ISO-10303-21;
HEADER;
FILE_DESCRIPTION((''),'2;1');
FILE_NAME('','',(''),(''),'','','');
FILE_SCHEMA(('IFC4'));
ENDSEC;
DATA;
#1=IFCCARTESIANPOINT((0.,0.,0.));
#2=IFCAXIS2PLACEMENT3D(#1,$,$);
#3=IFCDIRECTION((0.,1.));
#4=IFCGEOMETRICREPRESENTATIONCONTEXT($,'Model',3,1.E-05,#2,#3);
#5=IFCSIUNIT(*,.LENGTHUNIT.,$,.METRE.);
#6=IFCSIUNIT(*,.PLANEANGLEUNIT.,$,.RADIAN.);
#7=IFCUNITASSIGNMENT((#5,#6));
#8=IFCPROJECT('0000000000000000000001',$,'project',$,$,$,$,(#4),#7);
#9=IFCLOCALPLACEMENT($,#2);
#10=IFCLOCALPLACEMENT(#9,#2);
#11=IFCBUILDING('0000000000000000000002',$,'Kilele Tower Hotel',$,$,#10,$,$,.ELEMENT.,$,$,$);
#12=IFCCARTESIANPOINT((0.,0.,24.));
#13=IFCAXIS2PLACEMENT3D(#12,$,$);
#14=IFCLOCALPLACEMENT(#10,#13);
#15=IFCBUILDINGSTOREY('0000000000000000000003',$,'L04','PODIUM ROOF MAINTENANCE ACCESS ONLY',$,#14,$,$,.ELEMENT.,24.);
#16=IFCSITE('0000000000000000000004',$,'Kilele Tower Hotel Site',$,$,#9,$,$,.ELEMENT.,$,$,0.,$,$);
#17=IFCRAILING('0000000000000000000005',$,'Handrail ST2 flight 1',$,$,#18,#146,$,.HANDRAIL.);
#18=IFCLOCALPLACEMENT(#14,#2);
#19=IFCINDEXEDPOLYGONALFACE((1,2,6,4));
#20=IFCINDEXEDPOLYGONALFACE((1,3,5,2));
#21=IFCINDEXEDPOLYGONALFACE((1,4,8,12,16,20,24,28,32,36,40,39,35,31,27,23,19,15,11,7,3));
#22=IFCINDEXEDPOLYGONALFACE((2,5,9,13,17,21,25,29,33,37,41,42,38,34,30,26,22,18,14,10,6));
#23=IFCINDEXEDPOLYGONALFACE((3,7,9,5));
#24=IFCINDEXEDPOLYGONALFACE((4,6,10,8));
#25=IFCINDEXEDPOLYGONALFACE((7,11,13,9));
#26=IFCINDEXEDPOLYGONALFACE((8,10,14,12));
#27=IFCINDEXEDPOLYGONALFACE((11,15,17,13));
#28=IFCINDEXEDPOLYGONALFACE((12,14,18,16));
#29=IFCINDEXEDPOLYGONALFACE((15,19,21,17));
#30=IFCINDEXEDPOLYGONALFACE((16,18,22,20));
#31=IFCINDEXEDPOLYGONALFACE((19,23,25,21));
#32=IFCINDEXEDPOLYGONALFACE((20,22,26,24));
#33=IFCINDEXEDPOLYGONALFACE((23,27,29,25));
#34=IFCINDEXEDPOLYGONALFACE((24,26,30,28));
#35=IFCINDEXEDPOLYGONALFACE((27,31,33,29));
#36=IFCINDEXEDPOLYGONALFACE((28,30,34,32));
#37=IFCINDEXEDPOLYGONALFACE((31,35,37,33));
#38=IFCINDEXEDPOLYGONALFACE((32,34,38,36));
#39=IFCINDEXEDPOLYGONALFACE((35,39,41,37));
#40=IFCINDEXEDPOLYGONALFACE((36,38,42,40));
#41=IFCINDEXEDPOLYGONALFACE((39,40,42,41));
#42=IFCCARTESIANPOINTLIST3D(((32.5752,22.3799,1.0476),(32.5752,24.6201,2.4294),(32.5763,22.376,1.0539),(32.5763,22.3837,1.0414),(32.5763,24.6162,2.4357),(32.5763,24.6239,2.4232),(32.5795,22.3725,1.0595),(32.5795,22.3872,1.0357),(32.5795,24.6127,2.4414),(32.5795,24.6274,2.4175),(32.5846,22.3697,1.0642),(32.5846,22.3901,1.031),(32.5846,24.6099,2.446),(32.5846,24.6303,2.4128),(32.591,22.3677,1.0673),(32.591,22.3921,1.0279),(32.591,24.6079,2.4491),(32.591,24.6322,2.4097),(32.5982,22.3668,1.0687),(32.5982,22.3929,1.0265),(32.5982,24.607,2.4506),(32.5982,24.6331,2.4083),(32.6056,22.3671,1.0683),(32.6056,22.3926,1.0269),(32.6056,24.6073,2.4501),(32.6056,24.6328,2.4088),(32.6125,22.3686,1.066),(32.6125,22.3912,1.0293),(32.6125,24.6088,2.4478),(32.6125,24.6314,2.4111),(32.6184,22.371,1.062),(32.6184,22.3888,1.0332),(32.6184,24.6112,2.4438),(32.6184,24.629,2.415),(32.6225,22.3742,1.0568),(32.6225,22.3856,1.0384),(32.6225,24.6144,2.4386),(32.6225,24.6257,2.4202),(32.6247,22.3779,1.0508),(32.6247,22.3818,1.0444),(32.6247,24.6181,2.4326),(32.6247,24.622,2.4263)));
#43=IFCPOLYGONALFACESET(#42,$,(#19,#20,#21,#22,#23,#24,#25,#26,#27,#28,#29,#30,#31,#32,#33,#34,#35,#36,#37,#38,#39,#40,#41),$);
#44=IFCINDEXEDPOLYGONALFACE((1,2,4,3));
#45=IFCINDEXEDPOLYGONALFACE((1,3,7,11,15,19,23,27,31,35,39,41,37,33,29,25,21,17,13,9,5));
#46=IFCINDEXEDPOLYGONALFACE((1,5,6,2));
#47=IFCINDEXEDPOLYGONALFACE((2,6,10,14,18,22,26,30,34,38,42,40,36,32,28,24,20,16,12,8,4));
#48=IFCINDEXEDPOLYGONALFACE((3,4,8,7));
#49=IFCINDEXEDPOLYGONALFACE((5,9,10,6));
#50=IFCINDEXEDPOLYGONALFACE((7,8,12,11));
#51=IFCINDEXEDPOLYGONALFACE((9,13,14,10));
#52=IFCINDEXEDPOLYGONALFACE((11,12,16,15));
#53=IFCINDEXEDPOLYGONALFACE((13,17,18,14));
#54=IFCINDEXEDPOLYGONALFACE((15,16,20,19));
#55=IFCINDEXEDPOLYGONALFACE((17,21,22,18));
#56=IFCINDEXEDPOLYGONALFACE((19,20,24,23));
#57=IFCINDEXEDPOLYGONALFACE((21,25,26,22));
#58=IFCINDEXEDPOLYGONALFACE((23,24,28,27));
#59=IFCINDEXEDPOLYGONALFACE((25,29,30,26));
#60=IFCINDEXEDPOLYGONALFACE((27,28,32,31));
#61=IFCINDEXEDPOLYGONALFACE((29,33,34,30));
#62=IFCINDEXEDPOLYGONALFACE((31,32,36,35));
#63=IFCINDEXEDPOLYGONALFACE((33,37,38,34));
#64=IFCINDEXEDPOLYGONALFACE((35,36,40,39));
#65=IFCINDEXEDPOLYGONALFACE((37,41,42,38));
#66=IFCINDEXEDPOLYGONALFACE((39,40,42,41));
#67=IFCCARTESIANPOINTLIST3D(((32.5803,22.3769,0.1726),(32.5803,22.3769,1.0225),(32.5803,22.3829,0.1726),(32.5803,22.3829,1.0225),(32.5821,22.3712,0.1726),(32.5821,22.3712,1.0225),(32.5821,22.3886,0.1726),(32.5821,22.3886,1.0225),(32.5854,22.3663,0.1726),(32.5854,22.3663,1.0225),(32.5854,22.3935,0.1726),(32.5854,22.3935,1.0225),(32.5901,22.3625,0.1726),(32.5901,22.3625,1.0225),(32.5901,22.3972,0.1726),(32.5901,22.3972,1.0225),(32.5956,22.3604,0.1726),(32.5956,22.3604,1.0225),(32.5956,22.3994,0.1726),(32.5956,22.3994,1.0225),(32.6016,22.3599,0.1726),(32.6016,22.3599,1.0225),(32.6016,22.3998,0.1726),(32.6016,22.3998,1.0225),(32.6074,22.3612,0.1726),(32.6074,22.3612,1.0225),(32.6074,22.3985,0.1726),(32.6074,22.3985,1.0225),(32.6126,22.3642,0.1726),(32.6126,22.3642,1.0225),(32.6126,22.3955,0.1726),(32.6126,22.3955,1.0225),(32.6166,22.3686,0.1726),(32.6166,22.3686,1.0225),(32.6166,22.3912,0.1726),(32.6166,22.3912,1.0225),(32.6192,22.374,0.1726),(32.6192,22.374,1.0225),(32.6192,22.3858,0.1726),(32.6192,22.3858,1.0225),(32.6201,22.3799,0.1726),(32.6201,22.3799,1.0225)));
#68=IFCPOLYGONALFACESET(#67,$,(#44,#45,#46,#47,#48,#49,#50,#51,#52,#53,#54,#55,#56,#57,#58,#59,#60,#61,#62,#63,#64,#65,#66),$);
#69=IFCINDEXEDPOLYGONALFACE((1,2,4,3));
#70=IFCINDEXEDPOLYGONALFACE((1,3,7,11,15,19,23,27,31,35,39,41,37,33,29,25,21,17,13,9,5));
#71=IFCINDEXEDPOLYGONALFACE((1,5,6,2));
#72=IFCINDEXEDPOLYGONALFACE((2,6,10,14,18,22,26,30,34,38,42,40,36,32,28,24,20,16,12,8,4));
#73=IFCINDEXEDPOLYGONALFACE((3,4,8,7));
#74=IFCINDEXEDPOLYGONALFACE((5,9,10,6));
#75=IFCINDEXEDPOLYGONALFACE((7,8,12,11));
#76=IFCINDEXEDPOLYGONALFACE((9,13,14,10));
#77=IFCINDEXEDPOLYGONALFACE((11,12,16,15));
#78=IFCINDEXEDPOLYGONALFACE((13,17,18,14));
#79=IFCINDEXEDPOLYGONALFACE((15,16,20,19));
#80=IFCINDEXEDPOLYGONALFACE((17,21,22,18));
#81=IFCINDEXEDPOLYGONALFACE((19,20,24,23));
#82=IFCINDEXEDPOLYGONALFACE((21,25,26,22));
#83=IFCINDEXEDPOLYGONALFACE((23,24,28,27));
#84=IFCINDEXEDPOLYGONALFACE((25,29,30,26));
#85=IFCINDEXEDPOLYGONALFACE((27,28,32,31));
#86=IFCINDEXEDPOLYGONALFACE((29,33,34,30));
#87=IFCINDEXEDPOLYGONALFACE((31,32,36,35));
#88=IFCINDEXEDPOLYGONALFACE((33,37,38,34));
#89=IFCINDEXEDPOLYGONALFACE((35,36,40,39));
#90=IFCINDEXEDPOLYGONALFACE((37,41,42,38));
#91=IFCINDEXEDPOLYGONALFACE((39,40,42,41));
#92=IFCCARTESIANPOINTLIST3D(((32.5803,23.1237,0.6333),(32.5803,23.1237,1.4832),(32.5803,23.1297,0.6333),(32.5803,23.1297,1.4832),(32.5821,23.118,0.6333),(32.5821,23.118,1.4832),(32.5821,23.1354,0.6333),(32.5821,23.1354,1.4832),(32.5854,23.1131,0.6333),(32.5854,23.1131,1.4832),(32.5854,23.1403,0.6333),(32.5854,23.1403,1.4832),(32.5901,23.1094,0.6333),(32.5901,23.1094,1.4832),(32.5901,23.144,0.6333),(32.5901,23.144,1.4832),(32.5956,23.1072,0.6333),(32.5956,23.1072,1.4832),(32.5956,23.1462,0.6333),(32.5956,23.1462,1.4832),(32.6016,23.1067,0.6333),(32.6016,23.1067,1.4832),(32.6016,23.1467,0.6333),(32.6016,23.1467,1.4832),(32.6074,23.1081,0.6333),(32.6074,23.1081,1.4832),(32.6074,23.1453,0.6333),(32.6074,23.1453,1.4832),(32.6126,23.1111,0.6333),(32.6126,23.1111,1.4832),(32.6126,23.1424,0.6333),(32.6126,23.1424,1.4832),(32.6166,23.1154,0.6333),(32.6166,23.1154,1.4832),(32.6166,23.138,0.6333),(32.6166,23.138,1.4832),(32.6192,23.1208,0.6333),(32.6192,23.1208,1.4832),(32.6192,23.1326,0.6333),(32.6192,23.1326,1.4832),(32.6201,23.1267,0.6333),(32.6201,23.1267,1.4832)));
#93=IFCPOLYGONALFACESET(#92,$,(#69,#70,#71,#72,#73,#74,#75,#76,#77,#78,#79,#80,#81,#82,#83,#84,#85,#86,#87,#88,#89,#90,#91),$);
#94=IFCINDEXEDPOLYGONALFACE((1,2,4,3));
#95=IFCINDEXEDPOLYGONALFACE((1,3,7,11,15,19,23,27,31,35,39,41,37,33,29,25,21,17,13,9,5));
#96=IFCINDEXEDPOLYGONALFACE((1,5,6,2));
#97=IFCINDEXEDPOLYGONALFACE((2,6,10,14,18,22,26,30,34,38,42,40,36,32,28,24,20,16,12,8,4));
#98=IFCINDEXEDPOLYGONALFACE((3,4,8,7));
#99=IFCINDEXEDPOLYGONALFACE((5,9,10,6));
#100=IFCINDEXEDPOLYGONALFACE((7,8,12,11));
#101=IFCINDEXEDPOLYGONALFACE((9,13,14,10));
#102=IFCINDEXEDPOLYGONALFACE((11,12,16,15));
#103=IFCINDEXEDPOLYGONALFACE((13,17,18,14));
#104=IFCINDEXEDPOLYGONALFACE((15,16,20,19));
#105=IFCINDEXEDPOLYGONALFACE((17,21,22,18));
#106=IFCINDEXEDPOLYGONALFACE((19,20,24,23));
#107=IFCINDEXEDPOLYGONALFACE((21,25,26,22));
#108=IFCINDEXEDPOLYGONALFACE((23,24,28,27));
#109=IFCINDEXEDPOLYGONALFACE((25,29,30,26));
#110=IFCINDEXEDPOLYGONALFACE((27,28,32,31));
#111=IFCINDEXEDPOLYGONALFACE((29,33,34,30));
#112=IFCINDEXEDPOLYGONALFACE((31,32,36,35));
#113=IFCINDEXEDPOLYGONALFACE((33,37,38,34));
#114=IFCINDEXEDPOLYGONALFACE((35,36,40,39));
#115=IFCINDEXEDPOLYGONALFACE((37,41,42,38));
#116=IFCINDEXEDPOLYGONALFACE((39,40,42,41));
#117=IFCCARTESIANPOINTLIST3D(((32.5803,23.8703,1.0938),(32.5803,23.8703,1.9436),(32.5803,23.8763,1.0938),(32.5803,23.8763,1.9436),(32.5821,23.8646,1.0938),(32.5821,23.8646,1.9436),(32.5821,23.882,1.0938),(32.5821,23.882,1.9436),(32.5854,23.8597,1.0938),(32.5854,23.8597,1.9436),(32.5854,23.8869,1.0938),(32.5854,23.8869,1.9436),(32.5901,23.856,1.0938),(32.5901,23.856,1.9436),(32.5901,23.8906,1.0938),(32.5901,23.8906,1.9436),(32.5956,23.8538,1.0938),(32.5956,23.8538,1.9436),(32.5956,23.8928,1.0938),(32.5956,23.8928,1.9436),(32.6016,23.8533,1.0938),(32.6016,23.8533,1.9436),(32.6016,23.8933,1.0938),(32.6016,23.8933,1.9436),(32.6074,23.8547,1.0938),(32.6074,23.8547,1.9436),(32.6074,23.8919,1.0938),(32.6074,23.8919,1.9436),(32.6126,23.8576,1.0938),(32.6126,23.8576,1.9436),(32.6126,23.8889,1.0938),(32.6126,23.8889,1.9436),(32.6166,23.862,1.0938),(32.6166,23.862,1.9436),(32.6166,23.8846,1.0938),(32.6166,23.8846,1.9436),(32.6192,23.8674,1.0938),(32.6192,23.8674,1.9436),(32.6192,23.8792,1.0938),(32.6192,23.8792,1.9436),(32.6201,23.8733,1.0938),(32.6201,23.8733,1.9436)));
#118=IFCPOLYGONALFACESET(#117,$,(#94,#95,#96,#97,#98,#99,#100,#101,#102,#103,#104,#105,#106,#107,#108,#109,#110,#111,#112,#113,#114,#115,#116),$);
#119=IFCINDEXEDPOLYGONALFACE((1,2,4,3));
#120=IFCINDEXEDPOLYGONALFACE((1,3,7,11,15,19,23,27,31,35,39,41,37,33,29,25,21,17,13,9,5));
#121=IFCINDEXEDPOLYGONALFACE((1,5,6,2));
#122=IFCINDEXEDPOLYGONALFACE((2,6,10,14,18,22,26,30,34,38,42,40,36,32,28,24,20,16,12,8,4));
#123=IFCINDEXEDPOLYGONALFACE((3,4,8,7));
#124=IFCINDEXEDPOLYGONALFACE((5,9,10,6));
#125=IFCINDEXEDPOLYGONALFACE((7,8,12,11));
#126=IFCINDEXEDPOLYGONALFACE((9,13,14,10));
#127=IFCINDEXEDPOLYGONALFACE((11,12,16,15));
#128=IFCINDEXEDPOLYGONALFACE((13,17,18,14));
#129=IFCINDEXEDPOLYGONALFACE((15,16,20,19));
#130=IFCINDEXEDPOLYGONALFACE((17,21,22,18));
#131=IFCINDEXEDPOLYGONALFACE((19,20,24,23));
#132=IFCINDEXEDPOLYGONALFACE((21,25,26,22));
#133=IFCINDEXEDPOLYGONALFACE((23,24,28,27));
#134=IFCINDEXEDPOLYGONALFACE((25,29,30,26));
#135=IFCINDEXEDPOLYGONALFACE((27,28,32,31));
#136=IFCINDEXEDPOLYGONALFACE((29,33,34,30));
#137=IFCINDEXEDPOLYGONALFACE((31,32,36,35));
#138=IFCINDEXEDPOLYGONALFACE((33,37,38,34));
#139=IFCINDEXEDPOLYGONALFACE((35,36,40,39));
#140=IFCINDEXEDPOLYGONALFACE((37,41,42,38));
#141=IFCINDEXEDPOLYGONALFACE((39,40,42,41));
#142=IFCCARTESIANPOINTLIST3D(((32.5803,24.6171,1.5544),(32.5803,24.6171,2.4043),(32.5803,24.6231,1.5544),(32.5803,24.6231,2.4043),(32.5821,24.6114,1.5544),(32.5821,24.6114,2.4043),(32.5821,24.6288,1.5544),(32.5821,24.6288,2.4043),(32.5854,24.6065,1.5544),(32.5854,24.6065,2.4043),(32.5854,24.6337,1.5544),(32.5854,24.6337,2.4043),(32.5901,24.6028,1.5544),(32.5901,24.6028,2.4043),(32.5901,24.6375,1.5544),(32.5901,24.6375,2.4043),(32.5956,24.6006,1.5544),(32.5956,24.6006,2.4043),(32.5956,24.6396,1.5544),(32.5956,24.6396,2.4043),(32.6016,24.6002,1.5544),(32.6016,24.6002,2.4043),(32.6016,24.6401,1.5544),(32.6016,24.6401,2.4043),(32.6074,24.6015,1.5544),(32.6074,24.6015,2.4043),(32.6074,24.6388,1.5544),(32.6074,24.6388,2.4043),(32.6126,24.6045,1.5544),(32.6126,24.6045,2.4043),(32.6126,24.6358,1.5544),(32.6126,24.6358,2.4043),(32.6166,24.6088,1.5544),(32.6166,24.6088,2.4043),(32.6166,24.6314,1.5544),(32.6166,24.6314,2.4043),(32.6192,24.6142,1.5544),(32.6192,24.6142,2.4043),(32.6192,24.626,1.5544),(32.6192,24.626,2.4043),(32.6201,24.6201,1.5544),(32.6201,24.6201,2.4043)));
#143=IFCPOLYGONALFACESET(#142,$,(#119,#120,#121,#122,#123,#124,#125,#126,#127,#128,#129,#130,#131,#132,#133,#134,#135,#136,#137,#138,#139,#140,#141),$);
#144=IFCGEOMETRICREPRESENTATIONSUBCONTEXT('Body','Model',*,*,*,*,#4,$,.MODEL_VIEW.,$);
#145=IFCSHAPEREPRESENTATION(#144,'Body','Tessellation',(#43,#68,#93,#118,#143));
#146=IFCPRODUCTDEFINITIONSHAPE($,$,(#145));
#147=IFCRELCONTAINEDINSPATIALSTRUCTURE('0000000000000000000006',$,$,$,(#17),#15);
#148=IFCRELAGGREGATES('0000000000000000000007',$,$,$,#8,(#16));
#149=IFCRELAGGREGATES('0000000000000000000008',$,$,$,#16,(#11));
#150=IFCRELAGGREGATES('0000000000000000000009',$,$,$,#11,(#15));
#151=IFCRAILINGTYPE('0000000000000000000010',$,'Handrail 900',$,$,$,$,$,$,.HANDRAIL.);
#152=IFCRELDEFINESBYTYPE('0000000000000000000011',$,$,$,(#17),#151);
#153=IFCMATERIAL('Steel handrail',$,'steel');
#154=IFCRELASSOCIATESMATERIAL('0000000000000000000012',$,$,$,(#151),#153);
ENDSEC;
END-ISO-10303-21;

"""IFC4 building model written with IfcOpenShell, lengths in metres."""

from ifc_helpers import new_model, si_unit, direction, frame, origin, origin_2d, place, context, subcontext, project, spatial, circle, extrude, material, type_object, element, save


model = new_model("IFC4")

# Units and contexts
model_context = context("Model", 3, precision=1e-05, world=origin(), true_north=direction((0.0, 1.0)))
body_context = subcontext(model_context, "Body", "Model", "MODEL_VIEW")
ifc_project = project(units=[si_unit("LENGTHUNIT", "METRE"), si_unit("PLANEANGLEUNIT", "RADIAN")], contexts=[model_context])

# Site, building, storey
site_placement = place(None, origin())
site = spatial("IfcSite", under=ifc_project, at=site_placement, Name="Kilele Tower Hotel Site", CompositionType="ELEMENT", RefElevation=0.0)
building_placement = place(site_placement, origin())
building = spatial("IfcBuilding", under=site, at=building_placement, Name="Kilele Tower Hotel", CompositionType="ELEMENT")
storey_placement = place(building_placement, frame((0.0, 0.0, 24.0)))
storey = spatial("IfcBuildingStorey", under=building, at=storey_placement, Name="L04", Description="PODIUM ROOF MAINTENANCE ACCESS ONLY", CompositionType="ELEMENT", Elevation=24.0)

# Railing
ifc_material_1 = material(Name="Steel handrail", Category="steel")
railing_type_1 = type_object("IfcRailingType", Name="Handrail 900", PredefinedType="HANDRAIL", material=ifc_material_1)
for number, where, name in (
    (1, (32.6001, 22.3799, 0.1726), "Handrail ST2 flight 1"),
):
    element("IfcRailing", number, at=place(storey_placement, frame(where)), inside=storey, type_object=railing_type_1, Name=name, PredefinedType="HANDRAIL", context=body_context, shape_type="SweptSolid", body=[
        extrude(circle(Radius=0.0249, at=origin_2d()), frame((0.0, 0.0, 0.875), z_axis=(0.0, 0.85111, 0.524987), x_axis=(-1.0, 0.0, 0.0)), (0.0, 0.0, 1.0), 2.6321),
        extrude(circle(Radius=0.02, at=origin_2d()), origin(), (0.0, 0.0, 1.0), 0.8499),
        extrude(circle(Radius=0.02, at=origin_2d()), frame((0.0, 0.7468, 0.4607)), (0.0, 0.0, 1.0), 0.8499),
        extrude(circle(Radius=0.02, at=origin_2d()), frame((0.0, 1.4934, 0.9211)), (0.0, 0.0, 1.0), 0.8499),
        extrude(circle(Radius=0.02, at=origin_2d()), frame((0.0, 2.2402, 1.3818)), (0.0, 0.0, 1.0), 0.8499),
    ])

save(model, "model.ifc")
